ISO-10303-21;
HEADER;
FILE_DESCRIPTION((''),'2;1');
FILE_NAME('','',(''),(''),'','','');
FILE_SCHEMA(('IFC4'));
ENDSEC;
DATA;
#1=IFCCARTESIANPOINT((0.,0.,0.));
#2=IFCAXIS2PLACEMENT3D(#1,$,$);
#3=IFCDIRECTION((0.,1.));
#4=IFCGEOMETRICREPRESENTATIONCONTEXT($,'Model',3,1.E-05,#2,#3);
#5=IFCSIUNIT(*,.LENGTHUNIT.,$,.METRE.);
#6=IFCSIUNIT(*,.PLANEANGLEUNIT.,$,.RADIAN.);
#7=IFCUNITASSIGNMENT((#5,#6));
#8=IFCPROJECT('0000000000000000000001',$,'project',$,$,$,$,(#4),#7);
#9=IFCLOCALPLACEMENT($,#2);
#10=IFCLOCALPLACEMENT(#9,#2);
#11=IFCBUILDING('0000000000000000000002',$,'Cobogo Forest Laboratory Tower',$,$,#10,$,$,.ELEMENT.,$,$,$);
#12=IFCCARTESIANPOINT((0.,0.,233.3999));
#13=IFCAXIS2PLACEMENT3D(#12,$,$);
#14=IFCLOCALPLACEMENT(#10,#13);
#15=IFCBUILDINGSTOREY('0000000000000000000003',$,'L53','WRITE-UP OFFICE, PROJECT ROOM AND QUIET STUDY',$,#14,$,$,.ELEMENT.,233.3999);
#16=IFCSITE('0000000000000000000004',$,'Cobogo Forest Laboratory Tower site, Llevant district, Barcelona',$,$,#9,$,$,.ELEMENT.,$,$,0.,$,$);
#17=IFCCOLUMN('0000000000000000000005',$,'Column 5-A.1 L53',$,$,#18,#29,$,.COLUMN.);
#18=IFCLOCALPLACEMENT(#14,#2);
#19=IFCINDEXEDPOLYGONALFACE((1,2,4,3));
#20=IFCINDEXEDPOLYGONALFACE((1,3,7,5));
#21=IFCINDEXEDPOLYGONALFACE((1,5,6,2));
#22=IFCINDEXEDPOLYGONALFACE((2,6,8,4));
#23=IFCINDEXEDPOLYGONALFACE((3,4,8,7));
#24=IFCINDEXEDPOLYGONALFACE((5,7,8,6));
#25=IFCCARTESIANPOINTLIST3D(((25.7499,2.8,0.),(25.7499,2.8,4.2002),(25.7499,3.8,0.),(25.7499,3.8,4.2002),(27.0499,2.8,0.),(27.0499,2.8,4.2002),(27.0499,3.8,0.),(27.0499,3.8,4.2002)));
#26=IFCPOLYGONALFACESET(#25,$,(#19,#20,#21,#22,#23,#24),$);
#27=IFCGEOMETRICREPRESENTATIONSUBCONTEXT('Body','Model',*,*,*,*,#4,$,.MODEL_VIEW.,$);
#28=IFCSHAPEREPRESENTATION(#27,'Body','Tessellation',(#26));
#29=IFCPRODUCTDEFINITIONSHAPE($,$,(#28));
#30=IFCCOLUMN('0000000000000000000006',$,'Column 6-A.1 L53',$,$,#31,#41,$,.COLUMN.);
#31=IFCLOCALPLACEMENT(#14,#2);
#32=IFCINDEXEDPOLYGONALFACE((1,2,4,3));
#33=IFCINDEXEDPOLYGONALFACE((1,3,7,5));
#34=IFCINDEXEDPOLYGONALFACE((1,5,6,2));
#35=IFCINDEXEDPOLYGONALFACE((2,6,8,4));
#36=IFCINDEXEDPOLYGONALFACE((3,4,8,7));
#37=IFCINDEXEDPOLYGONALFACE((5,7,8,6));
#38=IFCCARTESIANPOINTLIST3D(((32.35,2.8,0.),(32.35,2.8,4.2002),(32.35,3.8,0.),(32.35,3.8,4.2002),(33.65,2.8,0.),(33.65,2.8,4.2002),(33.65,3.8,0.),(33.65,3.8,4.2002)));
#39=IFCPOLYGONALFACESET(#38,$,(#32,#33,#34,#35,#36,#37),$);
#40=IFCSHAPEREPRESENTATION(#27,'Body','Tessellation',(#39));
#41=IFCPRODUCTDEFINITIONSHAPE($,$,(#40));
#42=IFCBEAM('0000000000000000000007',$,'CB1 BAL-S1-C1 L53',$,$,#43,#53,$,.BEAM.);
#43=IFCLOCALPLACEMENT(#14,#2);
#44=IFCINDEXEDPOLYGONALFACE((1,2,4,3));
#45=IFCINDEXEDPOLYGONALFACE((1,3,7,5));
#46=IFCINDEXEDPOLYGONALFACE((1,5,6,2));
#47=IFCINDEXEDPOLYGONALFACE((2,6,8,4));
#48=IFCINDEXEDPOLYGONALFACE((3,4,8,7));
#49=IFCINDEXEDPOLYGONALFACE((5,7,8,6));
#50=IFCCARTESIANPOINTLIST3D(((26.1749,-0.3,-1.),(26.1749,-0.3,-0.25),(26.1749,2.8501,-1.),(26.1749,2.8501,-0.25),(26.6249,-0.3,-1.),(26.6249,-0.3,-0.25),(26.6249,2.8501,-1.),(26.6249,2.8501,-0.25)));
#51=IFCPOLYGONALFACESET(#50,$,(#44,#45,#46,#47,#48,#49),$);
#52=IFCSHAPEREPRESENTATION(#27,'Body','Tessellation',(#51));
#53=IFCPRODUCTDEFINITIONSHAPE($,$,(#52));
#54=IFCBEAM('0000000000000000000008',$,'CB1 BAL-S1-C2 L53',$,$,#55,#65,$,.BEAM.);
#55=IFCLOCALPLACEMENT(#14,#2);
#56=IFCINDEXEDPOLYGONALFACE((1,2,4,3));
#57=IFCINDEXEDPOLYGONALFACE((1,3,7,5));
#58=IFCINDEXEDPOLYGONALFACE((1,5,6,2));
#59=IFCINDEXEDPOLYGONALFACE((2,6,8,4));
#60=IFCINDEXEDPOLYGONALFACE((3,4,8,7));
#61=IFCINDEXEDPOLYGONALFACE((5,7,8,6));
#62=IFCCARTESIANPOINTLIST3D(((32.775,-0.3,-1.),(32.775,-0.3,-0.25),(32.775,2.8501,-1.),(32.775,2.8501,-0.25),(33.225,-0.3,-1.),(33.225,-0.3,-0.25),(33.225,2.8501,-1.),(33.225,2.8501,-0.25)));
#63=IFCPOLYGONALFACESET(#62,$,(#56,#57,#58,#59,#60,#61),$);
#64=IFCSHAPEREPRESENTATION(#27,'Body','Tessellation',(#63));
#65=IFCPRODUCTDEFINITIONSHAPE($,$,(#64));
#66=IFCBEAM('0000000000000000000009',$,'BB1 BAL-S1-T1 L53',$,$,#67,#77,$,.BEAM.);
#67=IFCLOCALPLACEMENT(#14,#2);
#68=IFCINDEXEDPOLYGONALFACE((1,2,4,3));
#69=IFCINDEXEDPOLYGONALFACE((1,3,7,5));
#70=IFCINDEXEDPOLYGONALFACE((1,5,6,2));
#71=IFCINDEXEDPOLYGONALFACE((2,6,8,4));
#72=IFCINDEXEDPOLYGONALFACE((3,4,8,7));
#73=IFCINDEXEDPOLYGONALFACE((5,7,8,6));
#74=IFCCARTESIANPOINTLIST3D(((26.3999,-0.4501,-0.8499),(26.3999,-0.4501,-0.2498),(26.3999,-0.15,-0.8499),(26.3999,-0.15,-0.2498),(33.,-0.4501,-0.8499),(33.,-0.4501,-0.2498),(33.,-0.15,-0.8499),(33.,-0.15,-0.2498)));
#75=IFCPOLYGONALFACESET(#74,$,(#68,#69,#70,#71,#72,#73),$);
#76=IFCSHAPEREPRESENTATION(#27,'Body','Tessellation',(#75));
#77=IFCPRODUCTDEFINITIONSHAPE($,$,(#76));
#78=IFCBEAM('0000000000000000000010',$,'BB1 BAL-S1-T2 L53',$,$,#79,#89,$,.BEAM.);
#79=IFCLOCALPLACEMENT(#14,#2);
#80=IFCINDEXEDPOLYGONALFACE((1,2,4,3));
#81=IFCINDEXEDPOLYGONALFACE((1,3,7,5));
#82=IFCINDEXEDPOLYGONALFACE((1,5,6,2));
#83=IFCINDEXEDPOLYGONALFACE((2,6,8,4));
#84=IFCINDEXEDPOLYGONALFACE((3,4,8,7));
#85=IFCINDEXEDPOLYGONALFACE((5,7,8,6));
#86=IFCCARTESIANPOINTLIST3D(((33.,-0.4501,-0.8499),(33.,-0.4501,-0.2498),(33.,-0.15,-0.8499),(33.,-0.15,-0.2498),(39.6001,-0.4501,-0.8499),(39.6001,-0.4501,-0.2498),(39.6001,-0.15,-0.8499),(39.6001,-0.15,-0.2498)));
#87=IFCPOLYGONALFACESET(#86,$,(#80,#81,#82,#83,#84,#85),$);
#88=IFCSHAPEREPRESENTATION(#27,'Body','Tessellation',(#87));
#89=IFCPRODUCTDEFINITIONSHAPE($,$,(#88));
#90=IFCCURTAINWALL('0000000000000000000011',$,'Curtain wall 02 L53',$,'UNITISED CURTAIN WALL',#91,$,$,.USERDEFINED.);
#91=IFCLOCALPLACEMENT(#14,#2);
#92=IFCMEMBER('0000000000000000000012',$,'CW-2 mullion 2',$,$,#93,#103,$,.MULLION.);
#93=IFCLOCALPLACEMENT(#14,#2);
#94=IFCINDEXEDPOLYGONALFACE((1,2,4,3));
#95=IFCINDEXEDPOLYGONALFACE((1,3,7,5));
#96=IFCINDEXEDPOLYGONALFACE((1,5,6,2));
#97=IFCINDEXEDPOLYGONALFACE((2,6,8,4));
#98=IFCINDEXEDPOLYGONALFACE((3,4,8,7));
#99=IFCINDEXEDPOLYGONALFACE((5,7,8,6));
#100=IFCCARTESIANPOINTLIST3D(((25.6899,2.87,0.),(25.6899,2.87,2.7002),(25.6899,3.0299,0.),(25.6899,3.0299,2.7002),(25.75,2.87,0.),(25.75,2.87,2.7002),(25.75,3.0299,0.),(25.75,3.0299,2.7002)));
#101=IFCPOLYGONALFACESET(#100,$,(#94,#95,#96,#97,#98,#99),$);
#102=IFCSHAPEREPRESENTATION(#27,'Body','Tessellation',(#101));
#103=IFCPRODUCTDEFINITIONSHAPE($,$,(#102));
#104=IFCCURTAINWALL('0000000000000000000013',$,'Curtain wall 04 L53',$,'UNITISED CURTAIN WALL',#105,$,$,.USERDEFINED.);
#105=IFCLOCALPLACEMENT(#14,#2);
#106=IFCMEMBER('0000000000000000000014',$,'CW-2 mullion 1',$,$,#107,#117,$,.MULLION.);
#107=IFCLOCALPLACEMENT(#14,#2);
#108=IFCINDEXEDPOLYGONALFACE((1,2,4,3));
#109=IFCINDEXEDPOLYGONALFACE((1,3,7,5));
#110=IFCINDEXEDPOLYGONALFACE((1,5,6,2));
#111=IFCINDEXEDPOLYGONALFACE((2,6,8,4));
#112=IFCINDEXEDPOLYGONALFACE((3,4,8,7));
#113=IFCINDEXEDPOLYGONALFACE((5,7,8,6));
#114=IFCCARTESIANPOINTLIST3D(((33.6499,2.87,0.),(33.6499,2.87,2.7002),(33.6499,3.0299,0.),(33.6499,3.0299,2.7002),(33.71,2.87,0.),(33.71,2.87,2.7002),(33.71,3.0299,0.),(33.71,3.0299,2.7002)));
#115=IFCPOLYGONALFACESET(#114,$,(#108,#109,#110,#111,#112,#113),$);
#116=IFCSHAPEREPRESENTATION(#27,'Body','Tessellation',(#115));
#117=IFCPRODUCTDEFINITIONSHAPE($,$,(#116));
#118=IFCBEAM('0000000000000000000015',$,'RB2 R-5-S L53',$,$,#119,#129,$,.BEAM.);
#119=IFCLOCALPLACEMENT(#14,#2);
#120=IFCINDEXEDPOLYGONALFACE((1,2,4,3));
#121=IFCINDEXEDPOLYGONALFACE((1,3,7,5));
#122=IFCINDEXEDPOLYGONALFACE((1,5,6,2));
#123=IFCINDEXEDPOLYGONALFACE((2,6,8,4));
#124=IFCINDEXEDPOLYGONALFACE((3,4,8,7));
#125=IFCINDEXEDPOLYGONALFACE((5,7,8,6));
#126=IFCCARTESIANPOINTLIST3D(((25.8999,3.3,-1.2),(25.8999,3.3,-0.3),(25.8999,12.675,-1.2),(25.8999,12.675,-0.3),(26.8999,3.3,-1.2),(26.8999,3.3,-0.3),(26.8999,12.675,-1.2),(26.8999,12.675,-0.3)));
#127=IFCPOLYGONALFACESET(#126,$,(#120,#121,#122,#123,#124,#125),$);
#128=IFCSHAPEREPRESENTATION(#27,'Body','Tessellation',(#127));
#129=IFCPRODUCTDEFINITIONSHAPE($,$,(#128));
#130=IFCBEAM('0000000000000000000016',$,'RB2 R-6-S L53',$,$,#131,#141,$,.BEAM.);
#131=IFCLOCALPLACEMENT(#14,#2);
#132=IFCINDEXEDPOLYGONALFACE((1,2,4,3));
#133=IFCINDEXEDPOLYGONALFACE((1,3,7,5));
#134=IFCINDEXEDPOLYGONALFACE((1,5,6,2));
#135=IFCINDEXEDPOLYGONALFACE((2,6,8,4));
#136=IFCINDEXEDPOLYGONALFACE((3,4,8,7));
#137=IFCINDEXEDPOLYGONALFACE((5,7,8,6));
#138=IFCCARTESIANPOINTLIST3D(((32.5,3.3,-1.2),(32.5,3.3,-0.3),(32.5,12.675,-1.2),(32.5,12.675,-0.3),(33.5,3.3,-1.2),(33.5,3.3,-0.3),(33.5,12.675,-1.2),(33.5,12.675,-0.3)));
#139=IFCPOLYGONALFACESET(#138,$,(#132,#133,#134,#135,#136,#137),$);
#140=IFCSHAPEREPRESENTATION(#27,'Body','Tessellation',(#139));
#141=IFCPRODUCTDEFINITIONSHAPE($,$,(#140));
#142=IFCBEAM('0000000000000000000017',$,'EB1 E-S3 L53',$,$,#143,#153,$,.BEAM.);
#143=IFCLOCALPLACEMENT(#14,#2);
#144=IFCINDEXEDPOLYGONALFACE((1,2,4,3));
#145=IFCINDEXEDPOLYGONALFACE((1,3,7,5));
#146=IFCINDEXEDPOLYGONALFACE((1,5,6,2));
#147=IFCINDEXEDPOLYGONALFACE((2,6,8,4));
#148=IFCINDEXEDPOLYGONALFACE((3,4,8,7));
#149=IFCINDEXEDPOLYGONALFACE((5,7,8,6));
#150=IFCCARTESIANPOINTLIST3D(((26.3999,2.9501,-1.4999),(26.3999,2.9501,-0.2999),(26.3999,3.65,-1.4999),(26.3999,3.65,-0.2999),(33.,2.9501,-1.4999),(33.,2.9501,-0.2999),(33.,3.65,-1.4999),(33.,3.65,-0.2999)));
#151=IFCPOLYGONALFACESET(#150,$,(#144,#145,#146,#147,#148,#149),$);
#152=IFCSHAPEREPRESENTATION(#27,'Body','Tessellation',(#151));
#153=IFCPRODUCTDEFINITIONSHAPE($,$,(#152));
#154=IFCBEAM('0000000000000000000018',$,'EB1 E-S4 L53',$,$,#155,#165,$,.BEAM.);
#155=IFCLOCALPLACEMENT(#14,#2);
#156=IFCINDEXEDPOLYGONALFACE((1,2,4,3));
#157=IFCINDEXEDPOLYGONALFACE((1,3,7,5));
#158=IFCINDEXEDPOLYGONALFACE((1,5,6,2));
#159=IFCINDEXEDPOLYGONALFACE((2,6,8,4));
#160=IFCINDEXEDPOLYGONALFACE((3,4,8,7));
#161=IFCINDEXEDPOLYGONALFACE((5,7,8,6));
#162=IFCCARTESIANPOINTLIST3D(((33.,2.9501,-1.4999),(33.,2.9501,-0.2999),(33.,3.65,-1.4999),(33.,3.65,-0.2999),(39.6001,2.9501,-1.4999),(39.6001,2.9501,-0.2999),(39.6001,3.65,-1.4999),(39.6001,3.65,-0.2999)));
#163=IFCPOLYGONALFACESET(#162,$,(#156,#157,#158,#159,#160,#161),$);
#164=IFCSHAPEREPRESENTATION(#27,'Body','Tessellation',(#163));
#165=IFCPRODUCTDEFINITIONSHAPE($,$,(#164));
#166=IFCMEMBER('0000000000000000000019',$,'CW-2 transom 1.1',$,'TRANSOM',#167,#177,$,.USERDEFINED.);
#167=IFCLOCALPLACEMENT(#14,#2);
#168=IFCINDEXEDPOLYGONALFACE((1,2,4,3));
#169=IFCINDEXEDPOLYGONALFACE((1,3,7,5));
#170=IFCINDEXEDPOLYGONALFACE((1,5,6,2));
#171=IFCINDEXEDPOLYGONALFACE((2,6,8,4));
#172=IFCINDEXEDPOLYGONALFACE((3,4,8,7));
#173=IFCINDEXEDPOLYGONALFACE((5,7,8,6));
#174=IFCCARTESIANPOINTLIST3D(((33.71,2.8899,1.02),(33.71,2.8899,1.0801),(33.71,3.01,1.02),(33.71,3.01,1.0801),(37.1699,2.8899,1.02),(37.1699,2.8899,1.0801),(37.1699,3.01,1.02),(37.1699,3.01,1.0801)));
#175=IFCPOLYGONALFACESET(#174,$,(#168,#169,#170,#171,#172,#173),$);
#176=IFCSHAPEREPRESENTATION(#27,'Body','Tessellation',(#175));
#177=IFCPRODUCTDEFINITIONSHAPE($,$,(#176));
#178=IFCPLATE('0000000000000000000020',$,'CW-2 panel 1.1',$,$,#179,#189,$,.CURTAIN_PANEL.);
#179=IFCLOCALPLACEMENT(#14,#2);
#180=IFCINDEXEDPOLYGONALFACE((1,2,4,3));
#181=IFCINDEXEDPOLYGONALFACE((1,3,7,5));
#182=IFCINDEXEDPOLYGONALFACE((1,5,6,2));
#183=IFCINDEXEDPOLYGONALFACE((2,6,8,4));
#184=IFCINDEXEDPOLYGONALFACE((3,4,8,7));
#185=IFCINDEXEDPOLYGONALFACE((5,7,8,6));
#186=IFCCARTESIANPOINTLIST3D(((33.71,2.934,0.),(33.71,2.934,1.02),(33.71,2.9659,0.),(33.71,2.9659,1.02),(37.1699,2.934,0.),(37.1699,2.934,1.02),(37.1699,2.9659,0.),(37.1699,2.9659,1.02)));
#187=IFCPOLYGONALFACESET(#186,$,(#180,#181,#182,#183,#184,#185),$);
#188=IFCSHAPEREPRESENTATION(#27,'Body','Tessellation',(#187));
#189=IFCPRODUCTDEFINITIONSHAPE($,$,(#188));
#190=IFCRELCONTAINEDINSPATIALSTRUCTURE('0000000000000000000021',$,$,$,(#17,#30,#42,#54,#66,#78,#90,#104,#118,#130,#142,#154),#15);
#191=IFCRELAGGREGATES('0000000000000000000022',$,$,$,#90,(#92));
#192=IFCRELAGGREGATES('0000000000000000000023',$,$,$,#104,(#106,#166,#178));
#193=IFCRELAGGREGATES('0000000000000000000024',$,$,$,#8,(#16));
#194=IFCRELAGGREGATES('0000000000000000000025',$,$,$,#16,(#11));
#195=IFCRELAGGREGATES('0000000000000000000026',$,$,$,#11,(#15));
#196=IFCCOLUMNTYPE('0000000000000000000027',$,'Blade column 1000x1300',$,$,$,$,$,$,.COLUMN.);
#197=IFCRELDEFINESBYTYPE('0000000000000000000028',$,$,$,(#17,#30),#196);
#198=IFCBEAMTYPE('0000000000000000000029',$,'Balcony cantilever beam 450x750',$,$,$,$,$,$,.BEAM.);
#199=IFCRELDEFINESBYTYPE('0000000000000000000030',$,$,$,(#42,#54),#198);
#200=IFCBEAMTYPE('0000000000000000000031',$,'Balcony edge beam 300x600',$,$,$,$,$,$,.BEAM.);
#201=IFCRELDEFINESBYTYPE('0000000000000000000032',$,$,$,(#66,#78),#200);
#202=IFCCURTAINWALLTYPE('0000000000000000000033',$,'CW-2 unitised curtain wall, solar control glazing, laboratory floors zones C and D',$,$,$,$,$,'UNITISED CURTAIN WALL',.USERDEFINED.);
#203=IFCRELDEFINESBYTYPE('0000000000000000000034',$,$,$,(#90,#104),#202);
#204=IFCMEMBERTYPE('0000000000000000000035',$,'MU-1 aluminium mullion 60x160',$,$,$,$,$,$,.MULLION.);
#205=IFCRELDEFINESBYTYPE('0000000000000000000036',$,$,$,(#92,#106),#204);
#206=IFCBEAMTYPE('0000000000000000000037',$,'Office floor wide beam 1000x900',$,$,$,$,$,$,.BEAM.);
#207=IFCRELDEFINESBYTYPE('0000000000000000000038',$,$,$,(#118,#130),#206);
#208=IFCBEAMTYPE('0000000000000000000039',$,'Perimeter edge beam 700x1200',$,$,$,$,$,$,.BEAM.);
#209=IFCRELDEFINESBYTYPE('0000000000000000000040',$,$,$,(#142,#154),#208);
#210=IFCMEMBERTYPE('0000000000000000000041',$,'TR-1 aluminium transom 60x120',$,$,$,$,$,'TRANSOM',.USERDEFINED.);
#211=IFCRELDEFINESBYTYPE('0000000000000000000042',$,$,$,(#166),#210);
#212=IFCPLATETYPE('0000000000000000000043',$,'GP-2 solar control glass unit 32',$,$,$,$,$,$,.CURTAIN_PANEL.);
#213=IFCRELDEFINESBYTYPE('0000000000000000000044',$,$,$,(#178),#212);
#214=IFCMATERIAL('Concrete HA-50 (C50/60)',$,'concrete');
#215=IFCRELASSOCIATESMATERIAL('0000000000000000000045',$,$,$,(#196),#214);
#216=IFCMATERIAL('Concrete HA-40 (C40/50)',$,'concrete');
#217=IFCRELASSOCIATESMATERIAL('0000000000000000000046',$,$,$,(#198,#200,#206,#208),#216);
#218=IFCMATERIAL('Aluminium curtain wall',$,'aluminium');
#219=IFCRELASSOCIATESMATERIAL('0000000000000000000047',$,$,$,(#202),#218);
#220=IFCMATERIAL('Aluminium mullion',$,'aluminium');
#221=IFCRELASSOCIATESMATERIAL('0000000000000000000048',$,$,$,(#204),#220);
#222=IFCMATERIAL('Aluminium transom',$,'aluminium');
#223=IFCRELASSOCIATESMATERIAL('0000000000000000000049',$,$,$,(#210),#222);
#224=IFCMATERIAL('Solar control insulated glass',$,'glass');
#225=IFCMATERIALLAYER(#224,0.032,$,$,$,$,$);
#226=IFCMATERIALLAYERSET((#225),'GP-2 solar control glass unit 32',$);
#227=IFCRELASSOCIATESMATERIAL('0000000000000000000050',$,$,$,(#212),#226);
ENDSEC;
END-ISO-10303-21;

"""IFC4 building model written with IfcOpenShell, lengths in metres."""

from ifc_helpers import new_model, si_unit, direction, frame, origin, origin_2d, place, context, subcontext, project, spatial, rectangle, extrude, material, layer, layer_set, material_profile, profile_set, type_object, element, aggregate, save


model = new_model("IFC4")

# Units and contexts
model_context = context("Model", 3, precision=1e-05, world=origin(), true_north=direction((0.0, 1.0)))
body_context = subcontext(model_context, "Body", "Model", "MODEL_VIEW")
ifc_project = project(units=[si_unit("LENGTHUNIT", "METRE"), si_unit("PLANEANGLEUNIT", "RADIAN")], contexts=[model_context])

# Site, building, storey
site_placement = place(None, origin())
site = spatial("IfcSite", under=ifc_project, at=site_placement, Name="Cobogo Forest Laboratory Tower site, Llevant district, Barcelona", CompositionType="ELEMENT", RefElevation=0.0)
building_placement = place(site_placement, origin())
building = spatial("IfcBuilding", under=site, at=building_placement, Name="Cobogo Forest Laboratory Tower", CompositionType="ELEMENT")
storey_placement = place(building_placement, frame((0.0, 0.0, 233.3999)))
storey = spatial("IfcBuildingStorey", under=building, at=storey_placement, Name="L53", Description="WRITE-UP OFFICE, PROJECT ROOM AND QUIET STUDY", CompositionType="ELEMENT", Elevation=233.3999)

# Columns
ifc_material_1 = material(Name="Concrete HA-50 (C50/60)", Category="concrete")
ifc_material_profile_1 = material_profile(ifc_material_1, rectangle(XDim=1.3, YDim=1.0, at=origin_2d()), Name="RC 1000x1300")
ifc_profile_set_1 = profile_set([ifc_material_profile_1], Name="Concrete HA-50 (C50/60)")
column_type = type_object("IfcColumnType", Name="Blade column 1000x1300", PredefinedType="COLUMN", material=ifc_profile_set_1)
for number, where, z_axis, x_axis, name in (
    (1, (26.3999, 3.3, 0.0), (0.0, 0.0, 1.0), (1.0, 0.0, 0.0), "Column 5-A.1 L53"),
    (2, (33.0, 3.3, 0.0), (0.0, 0.0, 1.0), (1.0, 0.0, 0.0), "Column 6-A.1 L53"),
):
    element("IfcColumn", number, at=place(storey_placement, frame(where, z_axis=z_axis, x_axis=x_axis)), inside=storey, type_object=column_type, Name=name, PredefinedType="COLUMN", context=body_context, shape_type="SweptSolid", body=[
        extrude(rectangle(XDim=1.3, YDim=1.0, at=origin_2d()), origin(), (0.0, 0.0, 1.0), 4.2002),
    ])

# Beams
ifc_material_2 = material(Name="Concrete HA-40 (C40/50)", Category="concrete")
ifc_material_profile_2 = material_profile(ifc_material_2, rectangle(XDim=0.45, YDim=0.75, at=origin_2d()), Name="RC 450x750")
ifc_profile_set_2 = profile_set([ifc_material_profile_2], Name="Concrete HA-40 (C40/50)")
beam_type_1 = type_object("IfcBeamType", Name="Balcony cantilever beam 450x750", PredefinedType="BEAM", material=ifc_profile_set_2)
for number, where, z_axis, x_axis, name in (
    (3, (26.3999, 2.8501, -0.625), (0.0, -1.0, 0.0), (1.0, 0.0, 0.0), "CB1 BAL-S1-C1 L53"),
    (4, (33.0, 2.8501, -0.625), (0.0, -1.0, 0.0), (1.0, 0.0, 0.0), "CB1 BAL-S1-C2 L53"),
):
    element("IfcBeam", number, at=place(storey_placement, frame(where, z_axis=z_axis, x_axis=x_axis)), inside=storey, type_object=beam_type_1, Name=name, PredefinedType="BEAM", context=body_context, shape_type="SweptSolid", body=[
        extrude(rectangle(XDim=0.45, YDim=0.75, at=origin_2d()), origin(), (0.0, 0.0, 1.0), 3.1501),
    ])
ifc_material_profile_3 = material_profile(ifc_material_2, rectangle(XDim=0.3, YDim=0.6001, at=origin_2d()), Name="RC 300x600")
ifc_profile_set_3 = profile_set([ifc_material_profile_3], Name="Concrete HA-40 (C40/50)")
beam_type_2 = type_object("IfcBeamType", Name="Balcony edge beam 300x600", PredefinedType="BEAM", material=ifc_profile_set_3)
for number, where, z_axis, x_axis, name in (
    (5, (26.3999, -0.3, -0.5498), (1.0, 0.0, 0.0), (0.0, 1.0, 0.0), "BB1 BAL-S1-T1 L53"),
    (6, (33.0, -0.3, -0.5498), (1.0, 0.0, 0.0), (0.0, 1.0, 0.0), "BB1 BAL-S1-T2 L53"),
):
    element("IfcBeam", number, at=place(storey_placement, frame(where, z_axis=z_axis, x_axis=x_axis)), inside=storey, type_object=beam_type_2, Name=name, PredefinedType="BEAM", context=body_context, shape_type="SweptSolid", body=[
        extrude(rectangle(XDim=0.3, YDim=0.6001, at=origin_2d()), origin(), (0.0, 0.0, 1.0), 6.6001),
    ])

# Curtain walls, members
ifc_material_3 = material(Name="Aluminium curtain wall", Category="aluminium")
curtain_wall_type = type_object("IfcCurtainWallType", Name="CW-2 unitised curtain wall, solar control glazing, laboratory floors zones C and D", ElementType="UNITISED CURTAIN WALL", PredefinedType="USERDEFINED", material=ifc_material_3)
curtain_wall_1_placement = place(storey_placement, origin())
curtain_wall_1 = element("IfcCurtainWall", 7, at=curtain_wall_1_placement, inside=storey, type_object=curtain_wall_type, Name="Curtain wall 02 L53", ObjectType="UNITISED CURTAIN WALL", PredefinedType="USERDEFINED")
ifc_material_4 = material(Name="Aluminium mullion", Category="aluminium")
ifc_material_profile_4 = material_profile(ifc_material_4, rectangle(XDim=0.0601, YDim=0.1599, at=origin_2d()), Name="AL 60x160")
ifc_profile_set_4 = profile_set([ifc_material_profile_4], Name="Aluminium mullion")
member_type_1 = type_object("IfcMemberType", Name="MU-1 aluminium mullion 60x160", PredefinedType="MULLION", material=ifc_profile_set_4)
member_1_placement = place(storey_placement, frame((25.72, 2.95, 0.0), z_axis=(0.0, 0.0, 1.0), x_axis=(1.0, 0.0, 0.0)))
member_1 = element("IfcMember", 8, at=member_1_placement, type_object=member_type_1, Name="CW-2 mullion 2", PredefinedType="MULLION", context=body_context, shape_type="SweptSolid", body=[
    extrude(rectangle(XDim=0.0601, YDim=0.1599, at=origin_2d()), origin(), (0.0, 0.0, 1.0), 2.7002),
])
aggregate(curtain_wall_1, [member_1])
curtain_wall_2_placement = place(storey_placement, origin())
curtain_wall_2 = element("IfcCurtainWall", 9, at=curtain_wall_2_placement, inside=storey, type_object=curtain_wall_type, Name="Curtain wall 04 L53", ObjectType="UNITISED CURTAIN WALL", PredefinedType="USERDEFINED")
member_2_placement = place(storey_placement, frame((33.6799, 2.95, 0.0), z_axis=(0.0, 0.0, 1.0), x_axis=(1.0, 0.0, 0.0)))
member_2 = element("IfcMember", 10, at=member_2_placement, type_object=member_type_1, Name="CW-2 mullion 1", PredefinedType="MULLION", context=body_context, shape_type="SweptSolid", body=[
    extrude(rectangle(XDim=0.0601, YDim=0.1599, at=origin_2d()), origin(), (0.0, 0.0, 1.0), 2.7002),
])

# Beams
ifc_material_profile_5 = material_profile(ifc_material_2, rectangle(XDim=1.0, YDim=0.8999, at=origin_2d()), Name="RC 1000x900")
ifc_profile_set_5 = profile_set([ifc_material_profile_5], Name="Concrete HA-40 (C40/50)")
beam_type_3 = type_object("IfcBeamType", Name="Office floor wide beam 1000x900", PredefinedType="BEAM", material=ifc_profile_set_5)
for number, where, z_axis, x_axis, name in (
    (11, (26.3999, 12.675, -0.75), (0.0, -1.0, 0.0), (1.0, 0.0, 0.0), "RB2 R-5-S L53"),
    (12, (33.0, 12.675, -0.75), (0.0, -1.0, 0.0), (1.0, 0.0, 0.0), "RB2 R-6-S L53"),
):
    element("IfcBeam", number, at=place(storey_placement, frame(where, z_axis=z_axis, x_axis=x_axis)), inside=storey, type_object=beam_type_3, Name=name, PredefinedType="BEAM", context=body_context, shape_type="SweptSolid", body=[
        extrude(rectangle(XDim=1.0, YDim=0.8999, at=origin_2d()), origin(), (0.0, 0.0, 1.0), 9.375),
    ])
ifc_material_profile_6 = material_profile(ifc_material_2, rectangle(XDim=0.7, YDim=1.2, at=origin_2d()), Name="RC 700x1200")
ifc_profile_set_6 = profile_set([ifc_material_profile_6], Name="Concrete HA-40 (C40/50)")
beam_type_4 = type_object("IfcBeamType", Name="Perimeter edge beam 700x1200", PredefinedType="BEAM", material=ifc_profile_set_6)
for number, where, z_axis, x_axis, name in (
    (13, (26.3999, 3.3, -0.8999), (1.0, 0.0, 0.0), (0.0, 1.0, 0.0), "EB1 E-S3 L53"),
    (14, (33.0, 3.3, -0.8999), (1.0, 0.0, 0.0), (0.0, 1.0, 0.0), "EB1 E-S4 L53"),
):
    element("IfcBeam", number, at=place(storey_placement, frame(where, z_axis=z_axis, x_axis=x_axis)), inside=storey, type_object=beam_type_4, Name=name, PredefinedType="BEAM", context=body_context, shape_type="SweptSolid", body=[
        extrude(rectangle(XDim=0.7, YDim=1.2, at=origin_2d()), origin(), (0.0, 0.0, 1.0), 6.6001),
    ])

# Member
ifc_material_5 = material(Name="Aluminium transom", Category="aluminium")
ifc_material_profile_7 = material_profile(ifc_material_5, rectangle(XDim=0.1201, YDim=0.0601, at=origin_2d()), Name="AL 60x120")
ifc_profile_set_7 = profile_set([ifc_material_profile_7], Name="Aluminium transom")
member_type_2 = type_object("IfcMemberType", Name="TR-1 aluminium transom 60x120", ElementType="TRANSOM", PredefinedType="USERDEFINED", material=ifc_profile_set_7)
member_3_placement = place(storey_placement, frame((33.71, 2.95, 1.05), z_axis=(1.0, 0.0, 0.0), x_axis=(0.0, 1.0, 0.0)))
member_3 = element("IfcMember", 15, at=member_3_placement, type_object=member_type_2, Name="CW-2 transom 1.1", ObjectType="TRANSOM", PredefinedType="USERDEFINED", context=body_context, shape_type="SweptSolid", body=[
    extrude(rectangle(XDim=0.1201, YDim=0.0601, at=origin_2d()), origin(), (0.0, 0.0, 1.0), 3.46),
])

# Plate
ifc_material_6 = material(Name="Solar control insulated glass", Category="glass")
ifc_layer_1 = layer(ifc_material_6, 0.032)
ifc_layer_set_1 = layer_set([ifc_layer_1], Name="GP-2 solar control glass unit 32")
plate_type = type_object("IfcPlateType", Name="GP-2 solar control glass unit 32", PredefinedType="CURTAIN_PANEL", material=ifc_layer_set_1)
plate_1_placement = place(storey_placement, frame((35.4399, 2.95, 0.0), z_axis=(0.0, 0.0, 1.0), x_axis=(1.0, 0.0, 0.0)))
plate_1 = element("IfcPlate", 16, at=plate_1_placement, type_object=plate_type, Name="CW-2 panel 1.1", PredefinedType="CURTAIN_PANEL", context=body_context, shape_type="SweptSolid", body=[
    extrude(rectangle(XDim=3.46, YDim=0.032, at=origin_2d()), origin(), (0.0, 0.0, 1.0), 1.02),
])
aggregate(curtain_wall_2, [member_2, member_3, plate_1])

save(model, "model.ifc")
